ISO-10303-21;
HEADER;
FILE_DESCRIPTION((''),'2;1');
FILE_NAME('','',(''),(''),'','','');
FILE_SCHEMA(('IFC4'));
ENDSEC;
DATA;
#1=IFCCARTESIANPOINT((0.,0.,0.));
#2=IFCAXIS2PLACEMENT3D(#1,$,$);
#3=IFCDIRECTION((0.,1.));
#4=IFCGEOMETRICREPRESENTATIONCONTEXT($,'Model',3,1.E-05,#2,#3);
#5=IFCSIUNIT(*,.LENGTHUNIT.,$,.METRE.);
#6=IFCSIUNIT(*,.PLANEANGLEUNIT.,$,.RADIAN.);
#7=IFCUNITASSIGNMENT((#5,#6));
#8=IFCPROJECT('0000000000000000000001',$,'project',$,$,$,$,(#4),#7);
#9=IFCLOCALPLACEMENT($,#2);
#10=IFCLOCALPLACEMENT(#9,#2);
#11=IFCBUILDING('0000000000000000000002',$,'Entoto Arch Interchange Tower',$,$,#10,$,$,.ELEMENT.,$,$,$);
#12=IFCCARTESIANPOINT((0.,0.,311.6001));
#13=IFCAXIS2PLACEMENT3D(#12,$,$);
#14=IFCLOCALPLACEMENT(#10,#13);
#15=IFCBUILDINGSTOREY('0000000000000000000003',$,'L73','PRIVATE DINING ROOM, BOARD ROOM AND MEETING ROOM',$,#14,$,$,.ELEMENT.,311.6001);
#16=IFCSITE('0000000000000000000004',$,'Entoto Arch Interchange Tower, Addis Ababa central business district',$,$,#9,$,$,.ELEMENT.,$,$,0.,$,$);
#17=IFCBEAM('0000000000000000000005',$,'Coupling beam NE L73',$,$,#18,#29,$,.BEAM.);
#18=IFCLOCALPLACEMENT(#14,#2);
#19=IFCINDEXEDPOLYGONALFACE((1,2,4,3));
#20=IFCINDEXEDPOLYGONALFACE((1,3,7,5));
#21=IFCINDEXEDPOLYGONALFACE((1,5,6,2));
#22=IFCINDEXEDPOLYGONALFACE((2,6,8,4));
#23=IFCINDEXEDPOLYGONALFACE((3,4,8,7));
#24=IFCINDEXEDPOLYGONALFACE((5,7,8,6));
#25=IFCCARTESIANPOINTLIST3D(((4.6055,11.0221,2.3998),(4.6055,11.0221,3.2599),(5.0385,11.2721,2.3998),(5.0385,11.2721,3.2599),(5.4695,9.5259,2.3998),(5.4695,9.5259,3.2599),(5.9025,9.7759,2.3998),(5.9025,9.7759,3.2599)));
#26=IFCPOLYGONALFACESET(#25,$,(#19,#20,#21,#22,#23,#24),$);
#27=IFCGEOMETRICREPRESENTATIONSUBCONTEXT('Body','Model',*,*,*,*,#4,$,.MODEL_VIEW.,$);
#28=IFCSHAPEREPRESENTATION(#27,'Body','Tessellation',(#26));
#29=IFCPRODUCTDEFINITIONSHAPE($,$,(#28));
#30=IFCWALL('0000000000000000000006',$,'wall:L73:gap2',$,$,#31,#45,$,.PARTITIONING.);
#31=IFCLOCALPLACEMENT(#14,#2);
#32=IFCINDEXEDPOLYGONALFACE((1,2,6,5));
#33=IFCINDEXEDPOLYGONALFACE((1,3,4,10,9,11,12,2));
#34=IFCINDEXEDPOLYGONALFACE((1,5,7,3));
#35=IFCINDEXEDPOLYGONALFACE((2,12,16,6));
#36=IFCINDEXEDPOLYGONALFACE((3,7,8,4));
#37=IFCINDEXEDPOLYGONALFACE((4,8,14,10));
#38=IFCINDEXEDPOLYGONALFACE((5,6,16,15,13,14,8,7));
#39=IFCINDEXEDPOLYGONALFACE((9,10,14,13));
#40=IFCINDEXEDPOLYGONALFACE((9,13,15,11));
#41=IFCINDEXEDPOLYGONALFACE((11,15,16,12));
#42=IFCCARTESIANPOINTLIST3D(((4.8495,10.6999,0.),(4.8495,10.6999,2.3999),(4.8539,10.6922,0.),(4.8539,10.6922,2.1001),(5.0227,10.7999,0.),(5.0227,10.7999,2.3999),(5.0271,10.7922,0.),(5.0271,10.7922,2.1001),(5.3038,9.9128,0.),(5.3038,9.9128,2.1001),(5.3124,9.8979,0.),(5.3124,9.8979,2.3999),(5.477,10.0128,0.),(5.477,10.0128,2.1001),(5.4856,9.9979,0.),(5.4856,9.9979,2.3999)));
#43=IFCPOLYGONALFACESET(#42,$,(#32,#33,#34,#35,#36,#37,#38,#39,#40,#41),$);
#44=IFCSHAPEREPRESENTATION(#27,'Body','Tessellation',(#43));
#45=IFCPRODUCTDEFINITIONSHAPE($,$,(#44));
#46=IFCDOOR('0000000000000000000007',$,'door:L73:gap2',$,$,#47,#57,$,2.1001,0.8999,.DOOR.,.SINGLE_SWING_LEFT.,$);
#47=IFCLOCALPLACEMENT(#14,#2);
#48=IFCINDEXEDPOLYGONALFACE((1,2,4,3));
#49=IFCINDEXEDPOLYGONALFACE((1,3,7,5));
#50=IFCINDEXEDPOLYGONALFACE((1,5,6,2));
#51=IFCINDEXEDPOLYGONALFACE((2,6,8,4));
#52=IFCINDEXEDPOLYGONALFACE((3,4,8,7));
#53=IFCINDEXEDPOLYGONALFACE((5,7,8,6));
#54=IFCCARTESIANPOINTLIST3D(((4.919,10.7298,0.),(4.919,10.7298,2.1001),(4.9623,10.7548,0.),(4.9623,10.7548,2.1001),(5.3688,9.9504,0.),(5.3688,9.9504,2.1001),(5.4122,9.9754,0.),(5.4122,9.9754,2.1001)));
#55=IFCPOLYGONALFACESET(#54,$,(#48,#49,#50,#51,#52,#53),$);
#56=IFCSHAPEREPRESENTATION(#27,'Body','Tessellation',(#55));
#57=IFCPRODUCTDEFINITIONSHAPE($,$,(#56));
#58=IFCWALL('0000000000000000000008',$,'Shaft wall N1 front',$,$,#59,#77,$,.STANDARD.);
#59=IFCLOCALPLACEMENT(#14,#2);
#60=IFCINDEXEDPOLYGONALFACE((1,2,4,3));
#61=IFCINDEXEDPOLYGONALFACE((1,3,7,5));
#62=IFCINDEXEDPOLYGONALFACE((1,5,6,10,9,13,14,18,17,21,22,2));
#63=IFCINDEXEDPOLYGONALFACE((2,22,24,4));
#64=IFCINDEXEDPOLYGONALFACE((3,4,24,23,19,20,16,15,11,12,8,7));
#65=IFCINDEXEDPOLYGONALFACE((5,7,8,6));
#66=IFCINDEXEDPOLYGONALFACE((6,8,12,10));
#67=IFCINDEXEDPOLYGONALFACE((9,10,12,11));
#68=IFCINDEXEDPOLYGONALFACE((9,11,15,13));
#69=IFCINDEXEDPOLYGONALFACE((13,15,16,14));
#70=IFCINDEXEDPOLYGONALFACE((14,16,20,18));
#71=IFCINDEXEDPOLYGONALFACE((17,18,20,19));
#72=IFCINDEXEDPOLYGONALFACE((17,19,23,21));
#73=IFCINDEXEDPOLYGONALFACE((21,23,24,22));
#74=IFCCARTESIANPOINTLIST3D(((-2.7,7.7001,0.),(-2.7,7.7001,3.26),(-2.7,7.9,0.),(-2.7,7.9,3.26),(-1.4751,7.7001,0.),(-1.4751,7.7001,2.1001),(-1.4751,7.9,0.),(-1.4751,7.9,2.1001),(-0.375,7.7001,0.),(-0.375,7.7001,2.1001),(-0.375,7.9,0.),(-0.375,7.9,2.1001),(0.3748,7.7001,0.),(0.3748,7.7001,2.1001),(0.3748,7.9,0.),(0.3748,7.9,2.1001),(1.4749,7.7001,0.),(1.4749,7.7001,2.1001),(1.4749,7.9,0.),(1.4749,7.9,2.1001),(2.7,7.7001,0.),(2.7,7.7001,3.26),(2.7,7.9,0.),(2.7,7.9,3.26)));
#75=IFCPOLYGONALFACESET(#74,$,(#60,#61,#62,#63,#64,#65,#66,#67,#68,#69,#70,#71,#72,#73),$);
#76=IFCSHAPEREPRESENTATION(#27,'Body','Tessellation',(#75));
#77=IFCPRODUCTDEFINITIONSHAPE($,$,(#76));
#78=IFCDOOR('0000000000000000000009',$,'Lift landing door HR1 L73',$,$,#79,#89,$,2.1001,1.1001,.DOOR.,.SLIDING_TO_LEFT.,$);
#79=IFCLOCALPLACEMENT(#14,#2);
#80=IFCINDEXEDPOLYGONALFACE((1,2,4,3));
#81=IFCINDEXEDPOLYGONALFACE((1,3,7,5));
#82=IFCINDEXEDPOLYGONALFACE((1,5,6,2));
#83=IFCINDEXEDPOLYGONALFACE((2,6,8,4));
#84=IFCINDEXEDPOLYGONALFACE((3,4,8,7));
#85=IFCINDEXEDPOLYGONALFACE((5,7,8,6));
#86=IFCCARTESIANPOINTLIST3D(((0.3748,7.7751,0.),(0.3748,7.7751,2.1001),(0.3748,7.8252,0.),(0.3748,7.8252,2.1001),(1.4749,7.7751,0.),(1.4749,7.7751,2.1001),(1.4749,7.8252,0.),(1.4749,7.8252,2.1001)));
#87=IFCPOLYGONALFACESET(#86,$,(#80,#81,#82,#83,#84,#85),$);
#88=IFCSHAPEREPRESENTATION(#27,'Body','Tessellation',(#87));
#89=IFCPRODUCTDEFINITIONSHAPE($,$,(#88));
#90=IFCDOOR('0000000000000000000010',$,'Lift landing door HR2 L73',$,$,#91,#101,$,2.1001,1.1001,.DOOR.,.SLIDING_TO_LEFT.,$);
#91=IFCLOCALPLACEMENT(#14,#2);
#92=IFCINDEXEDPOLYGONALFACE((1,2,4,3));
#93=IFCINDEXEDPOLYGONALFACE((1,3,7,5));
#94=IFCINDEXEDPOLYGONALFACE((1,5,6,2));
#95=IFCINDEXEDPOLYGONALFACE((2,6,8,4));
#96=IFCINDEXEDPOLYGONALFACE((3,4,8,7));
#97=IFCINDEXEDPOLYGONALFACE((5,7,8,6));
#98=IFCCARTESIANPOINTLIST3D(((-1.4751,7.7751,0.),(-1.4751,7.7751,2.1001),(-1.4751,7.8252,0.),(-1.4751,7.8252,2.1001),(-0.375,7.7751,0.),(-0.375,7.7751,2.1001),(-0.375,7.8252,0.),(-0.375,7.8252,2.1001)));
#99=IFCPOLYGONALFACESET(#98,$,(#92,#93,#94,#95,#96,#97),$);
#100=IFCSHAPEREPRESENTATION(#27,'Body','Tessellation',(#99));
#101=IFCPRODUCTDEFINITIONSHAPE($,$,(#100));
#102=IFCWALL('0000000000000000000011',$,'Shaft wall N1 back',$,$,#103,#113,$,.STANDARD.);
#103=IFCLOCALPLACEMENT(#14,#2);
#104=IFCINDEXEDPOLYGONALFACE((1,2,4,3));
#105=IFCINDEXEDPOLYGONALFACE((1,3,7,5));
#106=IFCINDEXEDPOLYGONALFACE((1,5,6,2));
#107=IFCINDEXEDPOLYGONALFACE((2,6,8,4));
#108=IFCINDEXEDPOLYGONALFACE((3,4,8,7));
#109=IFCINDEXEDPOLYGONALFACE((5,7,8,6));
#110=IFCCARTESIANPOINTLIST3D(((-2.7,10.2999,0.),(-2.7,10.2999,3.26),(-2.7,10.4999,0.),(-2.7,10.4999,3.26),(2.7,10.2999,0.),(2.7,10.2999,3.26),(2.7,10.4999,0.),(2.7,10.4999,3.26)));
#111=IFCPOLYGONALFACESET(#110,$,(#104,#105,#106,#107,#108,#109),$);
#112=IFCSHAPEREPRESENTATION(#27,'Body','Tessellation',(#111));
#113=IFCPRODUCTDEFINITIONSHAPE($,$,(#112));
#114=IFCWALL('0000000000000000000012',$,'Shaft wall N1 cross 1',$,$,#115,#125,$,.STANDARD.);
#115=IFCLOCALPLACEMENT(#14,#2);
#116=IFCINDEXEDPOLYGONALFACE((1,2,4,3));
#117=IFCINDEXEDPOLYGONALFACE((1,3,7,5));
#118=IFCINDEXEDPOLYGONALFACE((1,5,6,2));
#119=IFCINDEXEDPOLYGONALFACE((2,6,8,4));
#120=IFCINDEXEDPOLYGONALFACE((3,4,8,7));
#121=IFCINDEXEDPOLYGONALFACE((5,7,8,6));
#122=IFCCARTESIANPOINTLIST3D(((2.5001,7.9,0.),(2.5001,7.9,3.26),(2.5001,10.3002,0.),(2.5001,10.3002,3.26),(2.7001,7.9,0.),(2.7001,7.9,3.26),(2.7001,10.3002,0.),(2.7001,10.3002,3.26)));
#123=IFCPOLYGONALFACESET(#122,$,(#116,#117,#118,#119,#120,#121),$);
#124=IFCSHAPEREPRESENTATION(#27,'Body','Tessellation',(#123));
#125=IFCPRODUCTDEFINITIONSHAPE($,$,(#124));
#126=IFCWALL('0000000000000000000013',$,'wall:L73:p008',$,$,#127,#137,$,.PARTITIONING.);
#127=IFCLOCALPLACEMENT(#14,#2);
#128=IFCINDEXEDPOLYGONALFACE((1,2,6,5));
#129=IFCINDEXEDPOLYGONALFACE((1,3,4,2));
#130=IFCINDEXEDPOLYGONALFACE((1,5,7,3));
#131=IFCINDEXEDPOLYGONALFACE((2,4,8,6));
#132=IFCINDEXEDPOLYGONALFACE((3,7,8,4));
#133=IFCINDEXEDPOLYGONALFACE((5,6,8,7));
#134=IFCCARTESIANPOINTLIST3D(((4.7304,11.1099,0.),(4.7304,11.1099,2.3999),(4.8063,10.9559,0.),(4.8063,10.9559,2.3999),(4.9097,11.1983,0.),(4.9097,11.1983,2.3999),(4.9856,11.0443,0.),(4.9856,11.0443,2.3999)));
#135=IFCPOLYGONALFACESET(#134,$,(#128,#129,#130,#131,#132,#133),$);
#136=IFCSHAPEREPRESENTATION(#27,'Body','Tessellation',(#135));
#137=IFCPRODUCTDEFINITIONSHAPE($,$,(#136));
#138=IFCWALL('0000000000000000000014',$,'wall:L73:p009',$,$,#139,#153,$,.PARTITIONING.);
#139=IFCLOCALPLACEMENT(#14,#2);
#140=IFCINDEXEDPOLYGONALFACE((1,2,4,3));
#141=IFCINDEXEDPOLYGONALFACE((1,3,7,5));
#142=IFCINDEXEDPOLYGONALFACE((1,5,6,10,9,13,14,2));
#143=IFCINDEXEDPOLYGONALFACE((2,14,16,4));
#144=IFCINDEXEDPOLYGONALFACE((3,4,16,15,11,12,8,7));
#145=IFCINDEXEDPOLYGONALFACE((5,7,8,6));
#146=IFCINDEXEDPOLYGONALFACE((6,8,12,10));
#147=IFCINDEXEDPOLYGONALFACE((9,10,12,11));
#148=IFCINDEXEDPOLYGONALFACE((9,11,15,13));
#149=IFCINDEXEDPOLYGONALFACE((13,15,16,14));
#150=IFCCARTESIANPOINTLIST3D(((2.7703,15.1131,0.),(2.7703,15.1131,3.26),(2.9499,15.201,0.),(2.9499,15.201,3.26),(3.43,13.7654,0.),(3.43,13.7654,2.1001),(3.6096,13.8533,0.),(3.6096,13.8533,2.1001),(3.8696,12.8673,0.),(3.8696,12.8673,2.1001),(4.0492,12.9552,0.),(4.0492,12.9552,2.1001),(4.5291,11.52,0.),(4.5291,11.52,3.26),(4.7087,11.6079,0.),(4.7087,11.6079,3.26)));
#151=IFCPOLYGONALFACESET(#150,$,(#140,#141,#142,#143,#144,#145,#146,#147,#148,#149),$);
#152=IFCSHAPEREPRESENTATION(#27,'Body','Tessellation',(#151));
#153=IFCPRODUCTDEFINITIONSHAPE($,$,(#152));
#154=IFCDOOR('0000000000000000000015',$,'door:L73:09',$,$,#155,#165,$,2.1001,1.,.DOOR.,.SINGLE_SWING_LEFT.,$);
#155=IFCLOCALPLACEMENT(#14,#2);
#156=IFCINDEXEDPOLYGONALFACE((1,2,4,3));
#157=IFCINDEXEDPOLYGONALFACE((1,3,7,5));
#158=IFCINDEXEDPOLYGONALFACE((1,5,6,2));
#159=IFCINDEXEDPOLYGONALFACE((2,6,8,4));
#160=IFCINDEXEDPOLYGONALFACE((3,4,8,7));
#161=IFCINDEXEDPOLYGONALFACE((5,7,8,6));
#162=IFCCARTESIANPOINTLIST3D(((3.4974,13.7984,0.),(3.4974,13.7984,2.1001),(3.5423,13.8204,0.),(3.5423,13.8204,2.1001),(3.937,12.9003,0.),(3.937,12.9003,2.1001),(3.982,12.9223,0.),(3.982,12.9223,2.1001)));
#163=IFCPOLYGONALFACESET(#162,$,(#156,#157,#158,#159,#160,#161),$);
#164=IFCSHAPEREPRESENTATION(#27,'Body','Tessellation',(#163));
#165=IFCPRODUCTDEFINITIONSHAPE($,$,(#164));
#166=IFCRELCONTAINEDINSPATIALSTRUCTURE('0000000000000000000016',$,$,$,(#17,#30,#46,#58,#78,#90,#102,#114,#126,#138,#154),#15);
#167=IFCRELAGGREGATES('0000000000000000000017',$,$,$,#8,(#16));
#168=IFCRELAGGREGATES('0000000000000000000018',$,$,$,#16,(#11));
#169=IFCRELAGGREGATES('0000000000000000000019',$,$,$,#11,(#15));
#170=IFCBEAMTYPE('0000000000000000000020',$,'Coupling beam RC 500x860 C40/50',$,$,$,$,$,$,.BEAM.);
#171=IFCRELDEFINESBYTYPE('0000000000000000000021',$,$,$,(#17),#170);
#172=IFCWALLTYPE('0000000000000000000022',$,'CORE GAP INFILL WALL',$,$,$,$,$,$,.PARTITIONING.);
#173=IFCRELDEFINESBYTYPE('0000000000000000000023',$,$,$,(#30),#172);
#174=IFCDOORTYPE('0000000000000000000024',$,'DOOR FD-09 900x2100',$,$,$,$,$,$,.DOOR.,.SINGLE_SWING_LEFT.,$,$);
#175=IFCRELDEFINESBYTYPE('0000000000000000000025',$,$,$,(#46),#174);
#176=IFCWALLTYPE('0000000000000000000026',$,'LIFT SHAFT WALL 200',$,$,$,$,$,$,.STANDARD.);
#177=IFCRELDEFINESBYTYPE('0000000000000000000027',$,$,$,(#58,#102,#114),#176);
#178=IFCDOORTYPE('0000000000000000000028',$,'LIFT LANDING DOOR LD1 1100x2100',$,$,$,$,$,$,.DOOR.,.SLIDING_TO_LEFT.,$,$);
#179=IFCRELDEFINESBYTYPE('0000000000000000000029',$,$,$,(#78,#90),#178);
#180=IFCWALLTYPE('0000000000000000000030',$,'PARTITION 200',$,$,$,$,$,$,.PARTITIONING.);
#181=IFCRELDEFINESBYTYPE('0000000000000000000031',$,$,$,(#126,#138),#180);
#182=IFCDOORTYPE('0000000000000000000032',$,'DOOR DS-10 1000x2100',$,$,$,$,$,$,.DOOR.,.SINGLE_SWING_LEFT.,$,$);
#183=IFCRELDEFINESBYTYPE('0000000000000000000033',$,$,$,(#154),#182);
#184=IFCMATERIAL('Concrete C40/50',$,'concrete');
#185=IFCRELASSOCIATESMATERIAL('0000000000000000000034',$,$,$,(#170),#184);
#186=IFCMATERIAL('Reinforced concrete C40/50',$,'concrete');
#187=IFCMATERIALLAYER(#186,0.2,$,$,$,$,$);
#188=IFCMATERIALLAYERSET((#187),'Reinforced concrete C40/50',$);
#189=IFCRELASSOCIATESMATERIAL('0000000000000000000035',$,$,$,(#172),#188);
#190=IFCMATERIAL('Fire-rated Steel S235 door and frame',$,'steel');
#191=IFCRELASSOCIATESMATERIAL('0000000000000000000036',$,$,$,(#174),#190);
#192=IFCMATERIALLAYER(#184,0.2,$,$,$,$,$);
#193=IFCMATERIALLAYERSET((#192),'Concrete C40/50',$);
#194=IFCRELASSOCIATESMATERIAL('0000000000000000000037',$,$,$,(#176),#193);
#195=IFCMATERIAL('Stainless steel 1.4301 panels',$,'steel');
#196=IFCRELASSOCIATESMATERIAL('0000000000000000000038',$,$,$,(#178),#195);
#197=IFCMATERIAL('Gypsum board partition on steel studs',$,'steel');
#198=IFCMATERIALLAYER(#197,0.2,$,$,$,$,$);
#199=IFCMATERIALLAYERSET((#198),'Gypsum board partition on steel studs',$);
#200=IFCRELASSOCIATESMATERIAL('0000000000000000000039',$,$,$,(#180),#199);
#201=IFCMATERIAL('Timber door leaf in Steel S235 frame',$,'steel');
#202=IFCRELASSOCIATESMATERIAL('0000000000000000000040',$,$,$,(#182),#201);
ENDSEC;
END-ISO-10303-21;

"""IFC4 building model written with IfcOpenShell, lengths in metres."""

from ifc_helpers import new_model, si_unit, direction, frame, frame_2d, origin, origin_2d, place, context, subcontext, project, spatial, rectangle, extrude, material, layer, layer_set, material_profile, profile_set, type_object, element, fill, save


model = new_model("IFC4")

# Units and contexts
model_context = context("Model", 3, precision=1e-05, world=origin(), true_north=direction((0.0, 1.0)))
body_context = subcontext(model_context, "Body", "Model", "MODEL_VIEW")
ifc_project = project(units=[si_unit("LENGTHUNIT", "METRE"), si_unit("PLANEANGLEUNIT", "RADIAN")], contexts=[model_context])

# Site, building, storey
site_placement = place(None, origin())
site = spatial("IfcSite", under=ifc_project, at=site_placement, Name="Entoto Arch Interchange Tower, Addis Ababa central business district", CompositionType="ELEMENT", RefElevation=0.0)
building_placement = place(site_placement, origin())
building = spatial("IfcBuilding", under=site, at=building_placement, Name="Entoto Arch Interchange Tower", CompositionType="ELEMENT")
storey_placement = place(building_placement, frame((0.0, 0.0, 311.6001)))
storey = spatial("IfcBuildingStorey", under=building, at=storey_placement, Name="L73", Description="PRIVATE DINING ROOM, BOARD ROOM AND MEETING ROOM", CompositionType="ELEMENT", Elevation=311.6001)

# Beam
ifc_material_1 = material(Name="Concrete C40/50", Category="concrete")
ifc_material_profile = material_profile(ifc_material_1, rectangle(XDim=0.5, YDim=0.8601, at=origin_2d()))
ifc_profile_set = profile_set([ifc_material_profile], Name="Concrete C40/50")
beam_type = type_object("IfcBeamType", Name="Coupling beam RC 500x860 C40/50", PredefinedType="BEAM", material=ifc_profile_set)
beam_placement = place(storey_placement, frame((5.686, 9.6509, 2.8298), z_axis=(-0.500106, 0.865964, 0.0), x_axis=(-0.865964, -0.500106, 0.0)))
element("IfcBeam", 1, at=beam_placement, inside=storey, type_object=beam_type, Name="Coupling beam NE L73", PredefinedType="BEAM", context=body_context, shape_type="SweptSolid", body=[
    extrude(rectangle(XDim=0.5, YDim=0.8601, at=origin_2d()), origin(), (0.0, 0.0, 1.0), 1.7278),
])

# Wall, opening, door
ifc_material_2 = material(Name="Reinforced concrete C40/50", Category="concrete")
ifc_layer_1 = layer(ifc_material_2, 0.2)
ifc_layer_set_1 = layer_set([ifc_layer_1], Name="Reinforced concrete C40/50")
wall_type_1 = type_object("IfcWallType", Name="CORE GAP INFILL WALL", PredefinedType="PARTITIONING", material=ifc_layer_set_1)
wall_1_placement = place(storey_placement, frame((5.3989, 9.948, 0.0), z_axis=(0.0, 0.0, 1.0), x_axis=(-0.499882, 0.866093, 0.0)))
wall_1 = element("IfcWall", 2, at=wall_1_placement, inside=storey, type_object=wall_type_1, Name="wall:L73:gap2", PredefinedType="PARTITIONING", context=body_context, shape_type="SweptSolid", body=[
    extrude(rectangle(XDim=0.926, YDim=0.2, at=frame_2d((0.4629, 0.0))), origin(), (0.0, 0.0, 1.0), 2.3999),
])
opening_1_placement = place(wall_1_placement, frame((0.0171, 0.0, 0.0)))
opening_1 = element("IfcOpeningElement", 3, at=opening_1_placement, cuts=wall_1, PredefinedType="OPENING", context=body_context, shape_type="SweptSolid", body=[
    extrude(rectangle(XDim=0.8999, YDim=2.1001, at=frame_2d((0.45, 1.05))), frame((0.0, 0.1099, 0.0), z_axis=(0.0, -1.0, 0.0), x_axis=(1.0, 0.0, 0.0)), (0.0, 0.0, 1.0), 0.22),
])
ifc_material_3 = material(Name="Fire-rated Steel S235 door and frame", Category="steel")
door_type_1 = type_object("IfcDoorType", Name="DOOR FD-09 900x2100", OperationType="SINGLE_SWING_LEFT", PredefinedType="DOOR", material=ifc_material_3)
door_1_placement = place(opening_1_placement, origin())
door_1 = element("IfcDoor", 4, at=door_1_placement, inside=storey, type_object=door_type_1, Name="door:L73:gap2", OperationType="SINGLE_SWING_LEFT", OverallHeight=2.1001, OverallWidth=0.8999, PredefinedType="DOOR", context=body_context, shape_type="SweptSolid", body=[
    extrude(rectangle(XDim=0.8999, YDim=2.1001, at=frame_2d((0.45, 1.05))), frame((0.0, 0.0249, 0.0), z_axis=(0.0, -1.0, 0.0), x_axis=(1.0, 0.0, 0.0)), (0.0, 0.0, 1.0), 0.05),
])
fill(opening_1, door_1)

# Wall, openings, doors
ifc_layer_2 = layer(ifc_material_1, 0.2)
ifc_layer_set_2 = layer_set([ifc_layer_2], Name="Concrete C40/50")
wall_type_2 = type_object("IfcWallType", Name="LIFT SHAFT WALL 200", PredefinedType="STANDARD", material=ifc_layer_set_2)
wall_2_placement = place(storey_placement, frame((2.7, 7.8, 0.0), z_axis=(0.0, 0.0, 1.0), x_axis=(-1.0, 0.0, 0.0)))
wall_2 = element("IfcWall", 5, at=wall_2_placement, inside=storey, type_object=wall_type_2, Name="Shaft wall N1 front", PredefinedType="STANDARD", context=body_context, shape_type="SweptSolid", body=[
    extrude(rectangle(XDim=5.3999, YDim=0.2, at=frame_2d((2.7, 0.0))), origin(), (0.0, 0.0, 1.0), 3.26),
])
opening_2_placement = place(wall_2_placement, frame((1.2251, 0.0, 0.0)))
opening_2 = element("IfcOpeningElement", 6, at=opening_2_placement, cuts=wall_2, PredefinedType="OPENING", context=body_context, shape_type="SweptSolid", body=[
    extrude(rectangle(XDim=1.1001, YDim=2.1001, at=frame_2d((0.55, 1.05))), frame((0.0, 0.1099, 0.0), z_axis=(0.0, -1.0, 0.0), x_axis=(1.0, 0.0, 0.0)), (0.0, 0.0, 1.0), 0.22),
])
opening_3_placement = place(wall_2_placement, frame((3.075, 0.0, 0.0)))
opening_3 = element("IfcOpeningElement", 7, at=opening_3_placement, cuts=wall_2, PredefinedType="OPENING", context=body_context, shape_type="SweptSolid", body=[
    extrude(rectangle(XDim=1.1001, YDim=2.1001, at=frame_2d((0.55, 1.05))), frame((0.0, 0.1099, 0.0), z_axis=(0.0, -1.0, 0.0), x_axis=(1.0, 0.0, 0.0)), (0.0, 0.0, 1.0), 0.22),
])
ifc_material_4 = material(Name="Stainless steel 1.4301 panels", Category="steel")
door_type_2 = type_object("IfcDoorType", Name="LIFT LANDING DOOR LD1 1100x2100", OperationType="SLIDING_TO_LEFT", PredefinedType="DOOR", material=ifc_material_4)
door_2_placement = place(opening_2_placement, origin())
door_2 = element("IfcDoor", 8, at=door_2_placement, inside=storey, type_object=door_type_2, Name="Lift landing door HR1 L73", OperationType="SLIDING_TO_LEFT", OverallHeight=2.1001, OverallWidth=1.1001, PredefinedType="DOOR", context=body_context, shape_type="SweptSolid", body=[
    extrude(rectangle(XDim=1.1001, YDim=2.1001, at=frame_2d((0.55, 1.05))), frame((0.0, 0.0249, 0.0), z_axis=(0.0, -1.0, 0.0), x_axis=(1.0, 0.0, 0.0)), (0.0, 0.0, 1.0), 0.05),
])
fill(opening_2, door_2)
door_3_placement = place(opening_3_placement, origin())
door_3 = element("IfcDoor", 9, at=door_3_placement, inside=storey, type_object=door_type_2, Name="Lift landing door HR2 L73", OperationType="SLIDING_TO_LEFT", OverallHeight=2.1001, OverallWidth=1.1001, PredefinedType="DOOR", context=body_context, shape_type="SweptSolid", body=[
    extrude(rectangle(XDim=1.1001, YDim=2.1001, at=frame_2d((0.55, 1.05))), frame((0.0, 0.0249, 0.0), z_axis=(0.0, -1.0, 0.0), x_axis=(1.0, 0.0, 0.0)), (0.0, 0.0, 1.0), 0.05),
])
fill(opening_3, door_3)

# Walls
wall_3_placement = place(storey_placement, frame((2.7, 10.3999, 0.0), z_axis=(0.0, 0.0, 1.0), x_axis=(-1.0, 0.0, 0.0)))
element("IfcWall", 10, at=wall_3_placement, inside=storey, type_object=wall_type_2, Name="Shaft wall N1 back", PredefinedType="STANDARD", context=body_context, shape_type="SweptSolid", body=[
    extrude(rectangle(XDim=5.3999, YDim=0.2, at=frame_2d((2.7, 0.0))), origin(), (0.0, 0.0, 1.0), 3.26),
])
wall_4_placement = place(storey_placement, frame((2.6001, 7.8999, 0.0), z_axis=(0.0, 0.0, 1.0), x_axis=(0.0, 1.0, 0.0)))
element("IfcWall", 11, at=wall_4_placement, inside=storey, type_object=wall_type_2, Name="Shaft wall N1 cross 1", PredefinedType="STANDARD", context=body_context, shape_type="SweptSolid", body=[
    extrude(rectangle(XDim=2.4001, YDim=0.2, at=frame_2d((1.2002, 0.0))), origin(), (0.0, 0.0, 1.0), 3.26),
])
ifc_material_5 = material(Name="Gypsum board partition on steel studs", Category="steel")
ifc_layer_3 = layer(ifc_material_5, 0.2)
ifc_layer_set_3 = layer_set([ifc_layer_3], Name="Gypsum board partition on steel studs")
wall_type_3 = type_object("IfcWallType", Name="PARTITION 200", PredefinedType="PARTITIONING", material=ifc_layer_set_3)
wall_5_placement = place(storey_placement, frame((4.896, 11.0, 0.0), z_axis=(0.0, 0.0, 1.0), x_axis=(-0.442089, 0.896971, 0.0)))
element("IfcWall", 12, at=wall_5_placement, inside=storey, type_object=wall_type_3, Name="wall:L73:p008", PredefinedType="PARTITIONING", context=body_context, shape_type="SweptSolid", body=[
    extrude(rectangle(XDim=0.1716, YDim=0.2, at=frame_2d((0.0859, 0.0))), origin(), (0.0, 0.0, 1.0), 2.3999),
])

# Wall, opening, door
wall_6_placement = place(storey_placement, frame((4.6189, 11.564, 0.0), z_axis=(0.0, 0.0, 1.0), x_axis=(-0.439654, 0.898167, 0.0)))
wall_6 = element("IfcWall", 13, at=wall_6_placement, inside=storey, type_object=wall_type_3, Name="wall:L73:p009", PredefinedType="PARTITIONING", context=body_context, shape_type="SweptSolid", body=[
    extrude(rectangle(XDim=4.0005, YDim=0.2, at=frame_2d((2.0002, 0.0))), origin(), (0.0, 0.0, 1.0), 3.26),
])
opening_4_placement = place(wall_6_placement, frame((1.5, 0.0, 0.0)))
opening_4 = element("IfcOpeningElement", 14, at=opening_4_placement, cuts=wall_6, PredefinedType="OPENING", context=body_context, shape_type="SweptSolid", body=[
    extrude(rectangle(XDim=1.0, YDim=2.1001, at=frame_2d((0.5, 1.05))), frame((0.0, 0.1099, 0.0), z_axis=(0.0, -1.0, 0.0), x_axis=(1.0, 0.0, 0.0)), (0.0, 0.0, 1.0), 0.22),
])
ifc_material_6 = material(Name="Timber door leaf in Steel S235 frame", Category="steel")
door_type_3 = type_object("IfcDoorType", Name="DOOR DS-10 1000x2100", OperationType="SINGLE_SWING_LEFT", PredefinedType="DOOR", material=ifc_material_6)
door_4_placement = place(opening_4_placement, origin())
door_4 = element("IfcDoor", 15, at=door_4_placement, inside=storey, type_object=door_type_3, Name="door:L73:09", OperationType="SINGLE_SWING_LEFT", OverallHeight=2.1001, OverallWidth=1.0, PredefinedType="DOOR", context=body_context, shape_type="SweptSolid", body=[
    extrude(rectangle(XDim=1.0, YDim=2.1001, at=frame_2d((0.5, 1.05))), frame((0.0, 0.0249, 0.0), z_axis=(0.0, -1.0, 0.0), x_axis=(1.0, 0.0, 0.0)), (0.0, 0.0, 1.0), 0.05),
])
fill(opening_4, door_4)

save(model, "model.ifc")
